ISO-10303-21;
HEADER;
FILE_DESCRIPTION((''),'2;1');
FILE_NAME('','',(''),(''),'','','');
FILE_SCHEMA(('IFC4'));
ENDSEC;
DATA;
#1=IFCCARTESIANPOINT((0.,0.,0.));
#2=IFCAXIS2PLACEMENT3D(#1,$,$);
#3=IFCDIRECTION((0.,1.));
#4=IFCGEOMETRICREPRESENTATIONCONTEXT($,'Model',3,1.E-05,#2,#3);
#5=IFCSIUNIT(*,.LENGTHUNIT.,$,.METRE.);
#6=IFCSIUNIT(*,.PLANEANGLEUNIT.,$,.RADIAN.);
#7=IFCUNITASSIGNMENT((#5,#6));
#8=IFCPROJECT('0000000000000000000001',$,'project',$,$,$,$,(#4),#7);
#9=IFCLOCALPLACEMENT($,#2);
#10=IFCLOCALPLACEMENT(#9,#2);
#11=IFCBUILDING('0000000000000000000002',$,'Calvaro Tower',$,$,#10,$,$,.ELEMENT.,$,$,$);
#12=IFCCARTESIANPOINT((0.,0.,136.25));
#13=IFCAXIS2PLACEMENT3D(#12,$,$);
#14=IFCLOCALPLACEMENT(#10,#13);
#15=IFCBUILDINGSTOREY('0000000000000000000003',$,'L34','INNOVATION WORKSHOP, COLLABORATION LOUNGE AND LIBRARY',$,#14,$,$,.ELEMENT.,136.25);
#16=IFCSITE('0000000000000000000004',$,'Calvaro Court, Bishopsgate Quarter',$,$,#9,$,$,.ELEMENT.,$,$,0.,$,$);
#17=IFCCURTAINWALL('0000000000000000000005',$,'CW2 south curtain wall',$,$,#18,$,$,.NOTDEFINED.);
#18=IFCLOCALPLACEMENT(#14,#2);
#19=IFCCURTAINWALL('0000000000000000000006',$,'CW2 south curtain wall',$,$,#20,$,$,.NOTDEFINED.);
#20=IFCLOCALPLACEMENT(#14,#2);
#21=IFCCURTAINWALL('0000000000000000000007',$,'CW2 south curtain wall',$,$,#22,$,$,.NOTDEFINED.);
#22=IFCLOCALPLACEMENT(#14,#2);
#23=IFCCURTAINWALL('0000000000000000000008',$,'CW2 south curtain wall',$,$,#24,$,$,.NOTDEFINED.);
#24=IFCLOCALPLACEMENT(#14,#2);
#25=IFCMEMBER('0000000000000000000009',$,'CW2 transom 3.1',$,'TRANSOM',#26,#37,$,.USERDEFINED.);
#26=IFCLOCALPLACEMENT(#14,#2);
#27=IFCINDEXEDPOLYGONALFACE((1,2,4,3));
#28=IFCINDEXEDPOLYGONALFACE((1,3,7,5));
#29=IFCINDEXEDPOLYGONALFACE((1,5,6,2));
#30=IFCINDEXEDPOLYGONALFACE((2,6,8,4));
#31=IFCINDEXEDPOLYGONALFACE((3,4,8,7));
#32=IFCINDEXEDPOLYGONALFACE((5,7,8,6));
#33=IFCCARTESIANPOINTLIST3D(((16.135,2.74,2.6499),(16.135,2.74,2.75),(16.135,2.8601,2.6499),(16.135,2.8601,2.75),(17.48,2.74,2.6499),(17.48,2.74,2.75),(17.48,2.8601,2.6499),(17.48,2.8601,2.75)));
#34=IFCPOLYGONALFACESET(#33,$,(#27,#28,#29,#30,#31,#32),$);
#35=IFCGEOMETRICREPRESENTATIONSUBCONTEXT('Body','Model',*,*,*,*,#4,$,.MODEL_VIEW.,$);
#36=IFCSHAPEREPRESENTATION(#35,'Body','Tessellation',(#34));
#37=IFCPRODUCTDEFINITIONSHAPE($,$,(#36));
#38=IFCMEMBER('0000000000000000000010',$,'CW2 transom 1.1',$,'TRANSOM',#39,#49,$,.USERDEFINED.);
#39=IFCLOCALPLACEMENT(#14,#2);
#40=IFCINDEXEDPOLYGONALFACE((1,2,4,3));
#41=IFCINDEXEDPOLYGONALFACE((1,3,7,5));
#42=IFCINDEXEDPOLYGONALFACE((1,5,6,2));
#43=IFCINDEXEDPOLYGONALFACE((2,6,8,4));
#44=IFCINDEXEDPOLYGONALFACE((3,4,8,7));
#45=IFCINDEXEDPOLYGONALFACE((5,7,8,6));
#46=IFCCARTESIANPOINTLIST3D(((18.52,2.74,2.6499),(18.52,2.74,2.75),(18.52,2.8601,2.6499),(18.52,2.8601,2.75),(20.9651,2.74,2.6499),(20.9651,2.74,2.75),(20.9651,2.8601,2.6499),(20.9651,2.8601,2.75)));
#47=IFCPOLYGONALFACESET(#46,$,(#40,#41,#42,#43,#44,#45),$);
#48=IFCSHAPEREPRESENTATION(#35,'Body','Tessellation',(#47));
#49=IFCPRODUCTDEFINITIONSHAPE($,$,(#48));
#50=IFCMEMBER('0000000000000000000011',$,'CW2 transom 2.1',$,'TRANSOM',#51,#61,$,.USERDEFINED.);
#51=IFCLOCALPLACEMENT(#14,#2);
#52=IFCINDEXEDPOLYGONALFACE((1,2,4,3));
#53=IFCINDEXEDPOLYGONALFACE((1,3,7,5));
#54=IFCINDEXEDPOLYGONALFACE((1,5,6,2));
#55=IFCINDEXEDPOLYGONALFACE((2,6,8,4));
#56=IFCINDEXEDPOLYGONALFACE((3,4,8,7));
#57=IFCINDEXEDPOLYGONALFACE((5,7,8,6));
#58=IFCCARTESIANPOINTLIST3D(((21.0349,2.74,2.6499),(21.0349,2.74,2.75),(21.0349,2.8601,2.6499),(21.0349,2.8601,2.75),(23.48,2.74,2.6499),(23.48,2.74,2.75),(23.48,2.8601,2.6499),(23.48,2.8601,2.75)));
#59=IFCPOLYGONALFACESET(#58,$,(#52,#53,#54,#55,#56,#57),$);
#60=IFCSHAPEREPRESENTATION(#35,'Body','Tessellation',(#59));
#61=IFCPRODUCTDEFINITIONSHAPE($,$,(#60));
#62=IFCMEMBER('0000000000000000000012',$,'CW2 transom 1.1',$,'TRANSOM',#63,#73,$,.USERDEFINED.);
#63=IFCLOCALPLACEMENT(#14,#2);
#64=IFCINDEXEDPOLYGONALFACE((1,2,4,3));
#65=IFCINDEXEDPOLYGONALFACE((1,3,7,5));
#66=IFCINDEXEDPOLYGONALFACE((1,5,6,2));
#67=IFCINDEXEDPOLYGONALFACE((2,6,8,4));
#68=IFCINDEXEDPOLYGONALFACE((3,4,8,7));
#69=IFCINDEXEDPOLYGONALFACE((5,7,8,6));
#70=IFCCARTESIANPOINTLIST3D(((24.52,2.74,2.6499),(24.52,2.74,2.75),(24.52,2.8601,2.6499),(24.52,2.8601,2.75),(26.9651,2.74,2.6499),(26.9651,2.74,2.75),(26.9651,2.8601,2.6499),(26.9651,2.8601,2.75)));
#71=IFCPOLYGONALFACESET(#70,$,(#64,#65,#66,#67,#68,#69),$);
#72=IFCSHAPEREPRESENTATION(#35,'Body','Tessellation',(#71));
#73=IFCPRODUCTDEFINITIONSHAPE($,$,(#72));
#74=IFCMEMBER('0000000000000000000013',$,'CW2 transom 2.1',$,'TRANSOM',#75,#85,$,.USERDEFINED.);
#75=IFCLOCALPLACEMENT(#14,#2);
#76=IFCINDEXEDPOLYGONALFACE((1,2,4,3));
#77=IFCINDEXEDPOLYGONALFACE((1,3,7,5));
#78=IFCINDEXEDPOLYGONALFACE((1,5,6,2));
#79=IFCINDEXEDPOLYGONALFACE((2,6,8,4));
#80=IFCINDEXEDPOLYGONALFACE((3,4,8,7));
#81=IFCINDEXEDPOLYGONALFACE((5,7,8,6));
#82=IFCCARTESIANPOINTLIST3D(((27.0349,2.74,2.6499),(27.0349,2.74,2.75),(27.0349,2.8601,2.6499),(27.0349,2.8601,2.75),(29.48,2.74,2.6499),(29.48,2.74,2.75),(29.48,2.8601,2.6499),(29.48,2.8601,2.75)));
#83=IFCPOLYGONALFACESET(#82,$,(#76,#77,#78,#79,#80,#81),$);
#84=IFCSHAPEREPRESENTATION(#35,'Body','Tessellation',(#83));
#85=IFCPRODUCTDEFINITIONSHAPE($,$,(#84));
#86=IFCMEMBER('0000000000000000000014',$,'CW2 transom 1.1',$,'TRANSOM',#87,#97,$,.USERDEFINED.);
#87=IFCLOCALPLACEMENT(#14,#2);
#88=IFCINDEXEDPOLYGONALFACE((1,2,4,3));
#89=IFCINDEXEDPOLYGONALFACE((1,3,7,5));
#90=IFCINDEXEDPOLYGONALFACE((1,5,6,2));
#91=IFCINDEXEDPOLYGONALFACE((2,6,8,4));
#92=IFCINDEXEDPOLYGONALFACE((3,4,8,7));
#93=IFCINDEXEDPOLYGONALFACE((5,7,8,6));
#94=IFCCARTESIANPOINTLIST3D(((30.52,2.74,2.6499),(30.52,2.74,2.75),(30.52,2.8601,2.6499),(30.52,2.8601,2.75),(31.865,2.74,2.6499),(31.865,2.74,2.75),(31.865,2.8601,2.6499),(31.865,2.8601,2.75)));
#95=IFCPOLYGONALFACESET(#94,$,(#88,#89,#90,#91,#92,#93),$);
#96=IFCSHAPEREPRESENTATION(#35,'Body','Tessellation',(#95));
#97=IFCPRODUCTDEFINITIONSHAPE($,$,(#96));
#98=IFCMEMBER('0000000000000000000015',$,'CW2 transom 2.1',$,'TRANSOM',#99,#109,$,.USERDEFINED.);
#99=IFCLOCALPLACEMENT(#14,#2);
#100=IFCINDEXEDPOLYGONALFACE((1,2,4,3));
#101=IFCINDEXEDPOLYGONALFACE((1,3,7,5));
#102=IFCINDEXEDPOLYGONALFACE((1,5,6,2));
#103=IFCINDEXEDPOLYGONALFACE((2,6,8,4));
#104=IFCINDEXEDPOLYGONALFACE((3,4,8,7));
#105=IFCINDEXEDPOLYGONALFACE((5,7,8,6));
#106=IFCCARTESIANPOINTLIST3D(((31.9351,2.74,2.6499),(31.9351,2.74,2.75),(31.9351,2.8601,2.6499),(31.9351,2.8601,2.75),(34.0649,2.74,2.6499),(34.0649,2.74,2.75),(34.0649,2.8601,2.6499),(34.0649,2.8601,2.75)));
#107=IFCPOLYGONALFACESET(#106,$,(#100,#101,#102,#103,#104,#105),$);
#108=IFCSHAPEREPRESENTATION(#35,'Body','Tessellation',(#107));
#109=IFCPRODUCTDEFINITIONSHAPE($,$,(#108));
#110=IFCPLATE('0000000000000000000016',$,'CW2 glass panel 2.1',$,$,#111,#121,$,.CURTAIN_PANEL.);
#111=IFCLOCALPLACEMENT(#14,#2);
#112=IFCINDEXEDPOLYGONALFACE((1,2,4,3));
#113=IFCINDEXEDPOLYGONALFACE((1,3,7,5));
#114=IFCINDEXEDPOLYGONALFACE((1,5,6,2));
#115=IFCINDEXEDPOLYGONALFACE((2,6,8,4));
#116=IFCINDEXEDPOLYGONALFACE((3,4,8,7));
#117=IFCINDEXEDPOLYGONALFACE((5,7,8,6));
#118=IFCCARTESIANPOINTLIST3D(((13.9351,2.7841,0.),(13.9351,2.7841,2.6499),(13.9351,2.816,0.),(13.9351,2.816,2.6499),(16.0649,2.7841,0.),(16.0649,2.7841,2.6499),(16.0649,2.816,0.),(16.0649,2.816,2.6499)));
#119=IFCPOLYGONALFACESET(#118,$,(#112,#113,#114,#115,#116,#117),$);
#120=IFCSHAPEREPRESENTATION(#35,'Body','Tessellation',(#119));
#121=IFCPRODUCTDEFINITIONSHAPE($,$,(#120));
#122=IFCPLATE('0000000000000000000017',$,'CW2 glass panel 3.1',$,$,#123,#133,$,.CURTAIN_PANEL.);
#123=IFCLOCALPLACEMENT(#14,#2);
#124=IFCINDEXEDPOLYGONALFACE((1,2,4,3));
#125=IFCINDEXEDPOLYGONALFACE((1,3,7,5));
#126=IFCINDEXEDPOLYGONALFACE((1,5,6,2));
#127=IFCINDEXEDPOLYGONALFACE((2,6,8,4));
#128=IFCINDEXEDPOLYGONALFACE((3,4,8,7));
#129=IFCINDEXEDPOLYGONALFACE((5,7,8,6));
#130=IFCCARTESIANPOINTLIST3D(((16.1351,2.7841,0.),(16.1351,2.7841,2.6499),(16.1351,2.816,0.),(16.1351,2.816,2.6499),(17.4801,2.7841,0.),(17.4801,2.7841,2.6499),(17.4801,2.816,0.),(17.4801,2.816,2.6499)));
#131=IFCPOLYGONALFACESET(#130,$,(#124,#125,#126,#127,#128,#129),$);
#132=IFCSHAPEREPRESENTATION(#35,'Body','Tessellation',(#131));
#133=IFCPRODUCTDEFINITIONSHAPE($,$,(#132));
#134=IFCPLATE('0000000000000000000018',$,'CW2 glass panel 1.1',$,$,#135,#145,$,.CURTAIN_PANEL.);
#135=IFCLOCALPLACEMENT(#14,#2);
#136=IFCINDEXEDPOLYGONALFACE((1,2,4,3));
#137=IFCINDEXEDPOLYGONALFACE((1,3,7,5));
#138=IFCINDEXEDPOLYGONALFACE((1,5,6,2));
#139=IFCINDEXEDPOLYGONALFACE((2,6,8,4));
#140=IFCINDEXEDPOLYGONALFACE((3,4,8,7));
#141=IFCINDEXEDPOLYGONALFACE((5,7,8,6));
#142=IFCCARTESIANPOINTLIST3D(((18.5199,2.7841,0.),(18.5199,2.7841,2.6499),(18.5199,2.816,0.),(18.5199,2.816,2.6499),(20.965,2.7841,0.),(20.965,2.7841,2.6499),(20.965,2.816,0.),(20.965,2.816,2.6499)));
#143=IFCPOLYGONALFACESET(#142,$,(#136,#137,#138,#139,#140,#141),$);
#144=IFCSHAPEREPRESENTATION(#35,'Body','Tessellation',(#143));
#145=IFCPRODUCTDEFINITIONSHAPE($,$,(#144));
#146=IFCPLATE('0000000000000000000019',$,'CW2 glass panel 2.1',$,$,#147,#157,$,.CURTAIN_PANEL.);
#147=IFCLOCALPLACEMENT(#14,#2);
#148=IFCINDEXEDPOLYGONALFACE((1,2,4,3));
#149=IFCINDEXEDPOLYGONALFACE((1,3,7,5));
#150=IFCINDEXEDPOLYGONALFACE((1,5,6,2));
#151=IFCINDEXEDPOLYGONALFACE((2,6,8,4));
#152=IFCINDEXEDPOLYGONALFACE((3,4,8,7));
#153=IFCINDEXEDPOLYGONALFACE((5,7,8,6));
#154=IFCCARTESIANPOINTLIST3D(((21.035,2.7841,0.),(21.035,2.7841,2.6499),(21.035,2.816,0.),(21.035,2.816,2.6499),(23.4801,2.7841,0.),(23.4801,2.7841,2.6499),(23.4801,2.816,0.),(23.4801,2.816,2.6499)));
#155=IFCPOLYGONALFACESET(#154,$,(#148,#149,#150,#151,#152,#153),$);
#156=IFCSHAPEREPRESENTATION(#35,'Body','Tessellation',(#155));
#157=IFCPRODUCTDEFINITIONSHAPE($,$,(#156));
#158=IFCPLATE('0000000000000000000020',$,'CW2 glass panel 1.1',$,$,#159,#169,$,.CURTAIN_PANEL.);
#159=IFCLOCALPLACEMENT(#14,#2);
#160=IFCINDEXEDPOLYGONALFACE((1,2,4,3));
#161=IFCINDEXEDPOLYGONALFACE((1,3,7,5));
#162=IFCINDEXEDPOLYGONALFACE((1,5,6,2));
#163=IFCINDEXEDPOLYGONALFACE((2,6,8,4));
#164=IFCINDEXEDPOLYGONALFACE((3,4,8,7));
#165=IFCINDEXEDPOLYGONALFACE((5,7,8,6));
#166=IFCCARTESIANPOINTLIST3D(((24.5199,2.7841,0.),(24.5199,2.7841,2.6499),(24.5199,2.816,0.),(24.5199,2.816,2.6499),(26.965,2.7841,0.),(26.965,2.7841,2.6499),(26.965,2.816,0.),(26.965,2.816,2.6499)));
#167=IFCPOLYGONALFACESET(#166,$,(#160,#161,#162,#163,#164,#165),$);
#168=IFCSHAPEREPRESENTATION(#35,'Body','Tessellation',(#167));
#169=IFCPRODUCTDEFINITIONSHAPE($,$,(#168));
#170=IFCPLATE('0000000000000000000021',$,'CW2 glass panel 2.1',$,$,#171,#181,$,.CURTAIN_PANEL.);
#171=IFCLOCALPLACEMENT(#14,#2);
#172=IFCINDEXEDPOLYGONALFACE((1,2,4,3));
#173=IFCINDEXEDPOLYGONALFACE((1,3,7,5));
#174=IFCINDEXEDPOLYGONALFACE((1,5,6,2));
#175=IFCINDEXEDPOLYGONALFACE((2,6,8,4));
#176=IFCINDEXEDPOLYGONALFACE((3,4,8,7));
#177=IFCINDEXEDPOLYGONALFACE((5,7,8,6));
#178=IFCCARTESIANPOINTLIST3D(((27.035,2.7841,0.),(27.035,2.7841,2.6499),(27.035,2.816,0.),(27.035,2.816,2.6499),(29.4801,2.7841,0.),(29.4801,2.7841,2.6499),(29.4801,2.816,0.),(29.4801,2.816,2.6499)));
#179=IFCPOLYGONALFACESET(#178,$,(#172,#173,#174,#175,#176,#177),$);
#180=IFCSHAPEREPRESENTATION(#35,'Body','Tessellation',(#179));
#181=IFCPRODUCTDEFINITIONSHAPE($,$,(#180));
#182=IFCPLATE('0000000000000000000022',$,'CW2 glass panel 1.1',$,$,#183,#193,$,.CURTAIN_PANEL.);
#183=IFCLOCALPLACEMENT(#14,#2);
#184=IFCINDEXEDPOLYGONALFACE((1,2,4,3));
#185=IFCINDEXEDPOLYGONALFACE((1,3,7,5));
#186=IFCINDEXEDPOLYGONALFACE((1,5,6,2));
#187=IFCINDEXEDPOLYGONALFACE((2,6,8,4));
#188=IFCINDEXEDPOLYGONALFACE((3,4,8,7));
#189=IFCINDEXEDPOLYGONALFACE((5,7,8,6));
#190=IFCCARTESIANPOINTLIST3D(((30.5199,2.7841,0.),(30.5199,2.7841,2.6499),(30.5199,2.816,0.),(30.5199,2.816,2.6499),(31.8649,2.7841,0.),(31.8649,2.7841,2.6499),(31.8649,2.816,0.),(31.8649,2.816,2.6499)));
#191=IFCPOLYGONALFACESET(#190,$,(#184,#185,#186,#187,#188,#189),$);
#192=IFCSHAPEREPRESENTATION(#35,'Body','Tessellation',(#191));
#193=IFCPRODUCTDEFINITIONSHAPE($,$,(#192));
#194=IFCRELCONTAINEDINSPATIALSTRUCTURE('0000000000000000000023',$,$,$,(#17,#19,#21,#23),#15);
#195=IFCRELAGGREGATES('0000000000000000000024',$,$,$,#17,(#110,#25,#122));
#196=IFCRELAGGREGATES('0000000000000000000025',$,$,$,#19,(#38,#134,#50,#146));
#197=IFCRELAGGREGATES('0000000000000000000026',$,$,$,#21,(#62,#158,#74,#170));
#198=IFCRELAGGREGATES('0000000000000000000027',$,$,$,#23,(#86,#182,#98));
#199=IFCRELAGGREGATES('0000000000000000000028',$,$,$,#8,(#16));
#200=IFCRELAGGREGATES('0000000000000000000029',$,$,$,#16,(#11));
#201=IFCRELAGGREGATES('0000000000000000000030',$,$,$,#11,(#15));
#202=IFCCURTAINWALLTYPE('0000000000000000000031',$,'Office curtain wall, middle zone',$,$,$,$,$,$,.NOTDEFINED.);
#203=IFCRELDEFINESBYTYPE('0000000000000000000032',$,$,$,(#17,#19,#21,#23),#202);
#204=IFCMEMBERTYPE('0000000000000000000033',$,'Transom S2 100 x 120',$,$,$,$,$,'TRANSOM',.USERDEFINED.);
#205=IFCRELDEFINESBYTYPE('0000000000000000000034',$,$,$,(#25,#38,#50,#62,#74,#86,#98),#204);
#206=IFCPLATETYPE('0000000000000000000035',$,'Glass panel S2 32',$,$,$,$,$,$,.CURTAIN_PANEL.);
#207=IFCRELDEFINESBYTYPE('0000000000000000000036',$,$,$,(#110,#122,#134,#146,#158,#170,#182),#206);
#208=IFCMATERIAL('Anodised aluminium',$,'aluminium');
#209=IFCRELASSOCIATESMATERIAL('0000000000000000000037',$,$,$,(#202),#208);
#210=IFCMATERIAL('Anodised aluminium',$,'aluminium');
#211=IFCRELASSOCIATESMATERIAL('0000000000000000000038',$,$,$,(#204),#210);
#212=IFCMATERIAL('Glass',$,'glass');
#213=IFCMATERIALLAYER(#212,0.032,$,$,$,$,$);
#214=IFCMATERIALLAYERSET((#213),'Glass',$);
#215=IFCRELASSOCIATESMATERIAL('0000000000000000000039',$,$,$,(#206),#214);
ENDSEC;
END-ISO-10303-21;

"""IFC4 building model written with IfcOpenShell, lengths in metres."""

from ifc_helpers import new_model, si_unit, direction, frame, origin, origin_2d, place, context, subcontext, project, spatial, rectangle, extrude, material, layer, layer_set, material_profile, profile_set, type_object, element, aggregate, save


model = new_model("IFC4")

# Units and contexts
model_context = context("Model", 3, precision=1e-05, world=origin(), true_north=direction((0.0, 1.0)))
body_context = subcontext(model_context, "Body", "Model", "MODEL_VIEW")
ifc_project = project(units=[si_unit("LENGTHUNIT", "METRE"), si_unit("PLANEANGLEUNIT", "RADIAN")], contexts=[model_context])

# Site, building, storey
site_placement = place(None, origin())
site = spatial("IfcSite", under=ifc_project, at=site_placement, Name="Calvaro Court, Bishopsgate Quarter", CompositionType="ELEMENT", RefElevation=0.0)
building_placement = place(site_placement, origin())
building = spatial("IfcBuilding", under=site, at=building_placement, Name="Calvaro Tower", CompositionType="ELEMENT")
storey_placement = place(building_placement, frame((0.0, 0.0, 136.25)))
storey = spatial("IfcBuildingStorey", under=building, at=storey_placement, Name="L34", Description="INNOVATION WORKSHOP, COLLABORATION LOUNGE AND LIBRARY", CompositionType="ELEMENT", Elevation=136.25)

# Curtain walls
ifc_material_1 = material(Name="Anodised aluminium", Category="aluminium")
curtain_wall_type = type_object("IfcCurtainWallType", Name="Office curtain wall, middle zone", PredefinedType="NOTDEFINED", material=ifc_material_1)
curtain_wall_1_placement = place(storey_placement, origin())
curtain_wall_1 = element("IfcCurtainWall", 1, at=curtain_wall_1_placement, inside=storey, type_object=curtain_wall_type, Name="CW2 south curtain wall", PredefinedType="NOTDEFINED")
curtain_wall_2_placement = place(storey_placement, origin())
curtain_wall_2 = element("IfcCurtainWall", 2, at=curtain_wall_2_placement, inside=storey, type_object=curtain_wall_type, Name="CW2 south curtain wall", PredefinedType="NOTDEFINED")
curtain_wall_3_placement = place(storey_placement, origin())
curtain_wall_3 = element("IfcCurtainWall", 3, at=curtain_wall_3_placement, inside=storey, type_object=curtain_wall_type, Name="CW2 south curtain wall", PredefinedType="NOTDEFINED")
curtain_wall_4_placement = place(storey_placement, origin())
curtain_wall_4 = element("IfcCurtainWall", 4, at=curtain_wall_4_placement, inside=storey, type_object=curtain_wall_type, Name="CW2 south curtain wall", PredefinedType="NOTDEFINED")

# Members
ifc_material_2 = material(Name="Anodised aluminium", Category="aluminium")
ifc_material_profile_1 = material_profile(ifc_material_2, rectangle(XDim=0.1201, YDim=0.1001, at=origin_2d()), Name="Transom S2 100 x 120")
ifc_profile_set_1 = profile_set([ifc_material_profile_1], Name="Anodised aluminium")
member_type_1 = type_object("IfcMemberType", Name="Transom S2 100 x 120", ElementType="TRANSOM", PredefinedType="USERDEFINED", material=ifc_profile_set_1)
member_1_placement = place(storey_placement, frame((16.135, 2.8, 2.7), z_axis=(1.0, 0.0, 0.0), x_axis=(0.0, 1.0, 0.0)))
member_1 = element("IfcMember", 5, at=member_1_placement, type_object=member_type_1, Name="CW2 transom 3.1", ObjectType="TRANSOM", PredefinedType="USERDEFINED", context=body_context, shape_type="SweptSolid", body=[
    extrude(rectangle(XDim=0.1201, YDim=0.1001, at=origin_2d()), origin(), (0.0, 0.0, 1.0), 1.345),
])
member_2_placement = place(storey_placement, frame((18.52, 2.8, 2.7), z_axis=(1.0, 0.0, 0.0), x_axis=(0.0, 1.0, 0.0)))
member_2 = element("IfcMember", 6, at=member_2_placement, type_object=member_type_1, Name="CW2 transom 1.1", ObjectType="TRANSOM", PredefinedType="USERDEFINED", context=body_context, shape_type="SweptSolid", body=[
    extrude(rectangle(XDim=0.1201, YDim=0.1001, at=origin_2d()), origin(), (0.0, 0.0, 1.0), 2.4451),
])
member_3_placement = place(storey_placement, frame((21.0349, 2.8, 2.7), z_axis=(1.0, 0.0, 0.0), x_axis=(0.0, 1.0, 0.0)))
member_3 = element("IfcMember", 7, at=member_3_placement, type_object=member_type_1, Name="CW2 transom 2.1", ObjectType="TRANSOM", PredefinedType="USERDEFINED", context=body_context, shape_type="SweptSolid", body=[
    extrude(rectangle(XDim=0.1201, YDim=0.1001, at=origin_2d()), origin(), (0.0, 0.0, 1.0), 2.4451),
])
member_4_placement = place(storey_placement, frame((24.52, 2.8, 2.7), z_axis=(1.0, 0.0, 0.0), x_axis=(0.0, 1.0, 0.0)))
member_4 = element("IfcMember", 8, at=member_4_placement, type_object=member_type_1, Name="CW2 transom 1.1", ObjectType="TRANSOM", PredefinedType="USERDEFINED", context=body_context, shape_type="SweptSolid", body=[
    extrude(rectangle(XDim=0.1201, YDim=0.1001, at=origin_2d()), origin(), (0.0, 0.0, 1.0), 2.4451),
])
member_5_placement = place(storey_placement, frame((27.0349, 2.8, 2.7), z_axis=(1.0, 0.0, 0.0), x_axis=(0.0, 1.0, 0.0)))
member_5 = element("IfcMember", 9, at=member_5_placement, type_object=member_type_1, Name="CW2 transom 2.1", ObjectType="TRANSOM", PredefinedType="USERDEFINED", context=body_context, shape_type="SweptSolid", body=[
    extrude(rectangle(XDim=0.1201, YDim=0.1001, at=origin_2d()), origin(), (0.0, 0.0, 1.0), 2.4451),
])
member_6_placement = place(storey_placement, frame((30.52, 2.8, 2.7), z_axis=(1.0, 0.0, 0.0), x_axis=(0.0, 1.0, 0.0)))
member_6 = element("IfcMember", 10, at=member_6_placement, type_object=member_type_1, Name="CW2 transom 1.1", ObjectType="TRANSOM", PredefinedType="USERDEFINED", context=body_context, shape_type="SweptSolid", body=[
    extrude(rectangle(XDim=0.1201, YDim=0.1001, at=origin_2d()), origin(), (0.0, 0.0, 1.0), 1.345),
])
member_7_placement = place(storey_placement, frame((31.9351, 2.8, 2.7), z_axis=(1.0, 0.0, 0.0), x_axis=(0.0, 1.0, 0.0)))
member_7 = element("IfcMember", 11, at=member_7_placement, type_object=member_type_1, Name="CW2 transom 2.1", ObjectType="TRANSOM", PredefinedType="USERDEFINED", context=body_context, shape_type="SweptSolid", body=[
    extrude(rectangle(XDim=0.1201, YDim=0.1001, at=origin_2d()), origin(), (0.0, 0.0, 1.0), 2.1299),
])

# Plates
ifc_material_3 = material(Name="Glass", Category="glass")
ifc_layer = layer(ifc_material_3, 0.032)
ifc_layer_set = layer_set([ifc_layer], Name="Glass")
plate_type = type_object("IfcPlateType", Name="Glass panel S2 32", PredefinedType="CURTAIN_PANEL", material=ifc_layer_set)
plate_1_placement = place(storey_placement, frame((15.0, 2.8, 0.0), z_axis=(0.0, 0.0, 1.0), x_axis=(1.0, 0.0, 0.0)))
plate_1 = element("IfcPlate", 12, at=plate_1_placement, type_object=plate_type, Name="CW2 glass panel 2.1", PredefinedType="CURTAIN_PANEL", context=body_context, shape_type="SweptSolid", body=[
    extrude(rectangle(XDim=2.1299, YDim=0.032, at=origin_2d()), origin(), (0.0, 0.0, 1.0), 2.6499),
])
plate_2_placement = place(storey_placement, frame((16.8076, 2.8, 0.0), z_axis=(0.0, 0.0, 1.0), x_axis=(1.0, 0.0, 0.0)))
plate_2 = element("IfcPlate", 13, at=plate_2_placement, type_object=plate_type, Name="CW2 glass panel 3.1", PredefinedType="CURTAIN_PANEL", context=body_context, shape_type="SweptSolid", body=[
    extrude(rectangle(XDim=1.345, YDim=0.032, at=origin_2d()), origin(), (0.0, 0.0, 1.0), 2.6499),
])
aggregate(curtain_wall_1, [plate_1, member_1, plate_2])
plate_3_placement = place(storey_placement, frame((19.7424, 2.8, 0.0), z_axis=(0.0, 0.0, 1.0), x_axis=(1.0, 0.0, 0.0)))
plate_3 = element("IfcPlate", 14, at=plate_3_placement, type_object=plate_type, Name="CW2 glass panel 1.1", PredefinedType="CURTAIN_PANEL", context=body_context, shape_type="SweptSolid", body=[
    extrude(rectangle(XDim=2.4451, YDim=0.032, at=origin_2d()), origin(), (0.0, 0.0, 1.0), 2.6499),
])
plate_4_placement = place(storey_placement, frame((22.2576, 2.8, 0.0), z_axis=(0.0, 0.0, 1.0), x_axis=(1.0, 0.0, 0.0)))
plate_4 = element("IfcPlate", 15, at=plate_4_placement, type_object=plate_type, Name="CW2 glass panel 2.1", PredefinedType="CURTAIN_PANEL", context=body_context, shape_type="SweptSolid", body=[
    extrude(rectangle(XDim=2.4451, YDim=0.032, at=origin_2d()), origin(), (0.0, 0.0, 1.0), 2.6499),
])
aggregate(curtain_wall_2, [member_2, plate_3, member_3, plate_4])
plate_5_placement = place(storey_placement, frame((25.7424, 2.8, 0.0), z_axis=(0.0, 0.0, 1.0), x_axis=(1.0, 0.0, 0.0)))
plate_5 = element("IfcPlate", 16, at=plate_5_placement, type_object=plate_type, Name="CW2 glass panel 1.1", PredefinedType="CURTAIN_PANEL", context=body_context, shape_type="SweptSolid", body=[
    extrude(rectangle(XDim=2.4451, YDim=0.032, at=origin_2d()), origin(), (0.0, 0.0, 1.0), 2.6499),
])
plate_6_placement = place(storey_placement, frame((28.2576, 2.8, 0.0), z_axis=(0.0, 0.0, 1.0), x_axis=(1.0, 0.0, 0.0)))
plate_6 = element("IfcPlate", 17, at=plate_6_placement, type_object=plate_type, Name="CW2 glass panel 2.1", PredefinedType="CURTAIN_PANEL", context=body_context, shape_type="SweptSolid", body=[
    extrude(rectangle(XDim=2.4451, YDim=0.032, at=origin_2d()), origin(), (0.0, 0.0, 1.0), 2.6499),
])
aggregate(curtain_wall_3, [member_4, plate_5, member_5, plate_6])
plate_7_placement = place(storey_placement, frame((31.1924, 2.8, 0.0), z_axis=(0.0, 0.0, 1.0), x_axis=(1.0, 0.0, 0.0)))
plate_7 = element("IfcPlate", 18, at=plate_7_placement, type_object=plate_type, Name="CW2 glass panel 1.1", PredefinedType="CURTAIN_PANEL", context=body_context, shape_type="SweptSolid", body=[
    extrude(rectangle(XDim=1.345, YDim=0.032, at=origin_2d()), origin(), (0.0, 0.0, 1.0), 2.6499),
])
aggregate(curtain_wall_4, [member_6, plate_7, member_7])

save(model, "model.ifc")
